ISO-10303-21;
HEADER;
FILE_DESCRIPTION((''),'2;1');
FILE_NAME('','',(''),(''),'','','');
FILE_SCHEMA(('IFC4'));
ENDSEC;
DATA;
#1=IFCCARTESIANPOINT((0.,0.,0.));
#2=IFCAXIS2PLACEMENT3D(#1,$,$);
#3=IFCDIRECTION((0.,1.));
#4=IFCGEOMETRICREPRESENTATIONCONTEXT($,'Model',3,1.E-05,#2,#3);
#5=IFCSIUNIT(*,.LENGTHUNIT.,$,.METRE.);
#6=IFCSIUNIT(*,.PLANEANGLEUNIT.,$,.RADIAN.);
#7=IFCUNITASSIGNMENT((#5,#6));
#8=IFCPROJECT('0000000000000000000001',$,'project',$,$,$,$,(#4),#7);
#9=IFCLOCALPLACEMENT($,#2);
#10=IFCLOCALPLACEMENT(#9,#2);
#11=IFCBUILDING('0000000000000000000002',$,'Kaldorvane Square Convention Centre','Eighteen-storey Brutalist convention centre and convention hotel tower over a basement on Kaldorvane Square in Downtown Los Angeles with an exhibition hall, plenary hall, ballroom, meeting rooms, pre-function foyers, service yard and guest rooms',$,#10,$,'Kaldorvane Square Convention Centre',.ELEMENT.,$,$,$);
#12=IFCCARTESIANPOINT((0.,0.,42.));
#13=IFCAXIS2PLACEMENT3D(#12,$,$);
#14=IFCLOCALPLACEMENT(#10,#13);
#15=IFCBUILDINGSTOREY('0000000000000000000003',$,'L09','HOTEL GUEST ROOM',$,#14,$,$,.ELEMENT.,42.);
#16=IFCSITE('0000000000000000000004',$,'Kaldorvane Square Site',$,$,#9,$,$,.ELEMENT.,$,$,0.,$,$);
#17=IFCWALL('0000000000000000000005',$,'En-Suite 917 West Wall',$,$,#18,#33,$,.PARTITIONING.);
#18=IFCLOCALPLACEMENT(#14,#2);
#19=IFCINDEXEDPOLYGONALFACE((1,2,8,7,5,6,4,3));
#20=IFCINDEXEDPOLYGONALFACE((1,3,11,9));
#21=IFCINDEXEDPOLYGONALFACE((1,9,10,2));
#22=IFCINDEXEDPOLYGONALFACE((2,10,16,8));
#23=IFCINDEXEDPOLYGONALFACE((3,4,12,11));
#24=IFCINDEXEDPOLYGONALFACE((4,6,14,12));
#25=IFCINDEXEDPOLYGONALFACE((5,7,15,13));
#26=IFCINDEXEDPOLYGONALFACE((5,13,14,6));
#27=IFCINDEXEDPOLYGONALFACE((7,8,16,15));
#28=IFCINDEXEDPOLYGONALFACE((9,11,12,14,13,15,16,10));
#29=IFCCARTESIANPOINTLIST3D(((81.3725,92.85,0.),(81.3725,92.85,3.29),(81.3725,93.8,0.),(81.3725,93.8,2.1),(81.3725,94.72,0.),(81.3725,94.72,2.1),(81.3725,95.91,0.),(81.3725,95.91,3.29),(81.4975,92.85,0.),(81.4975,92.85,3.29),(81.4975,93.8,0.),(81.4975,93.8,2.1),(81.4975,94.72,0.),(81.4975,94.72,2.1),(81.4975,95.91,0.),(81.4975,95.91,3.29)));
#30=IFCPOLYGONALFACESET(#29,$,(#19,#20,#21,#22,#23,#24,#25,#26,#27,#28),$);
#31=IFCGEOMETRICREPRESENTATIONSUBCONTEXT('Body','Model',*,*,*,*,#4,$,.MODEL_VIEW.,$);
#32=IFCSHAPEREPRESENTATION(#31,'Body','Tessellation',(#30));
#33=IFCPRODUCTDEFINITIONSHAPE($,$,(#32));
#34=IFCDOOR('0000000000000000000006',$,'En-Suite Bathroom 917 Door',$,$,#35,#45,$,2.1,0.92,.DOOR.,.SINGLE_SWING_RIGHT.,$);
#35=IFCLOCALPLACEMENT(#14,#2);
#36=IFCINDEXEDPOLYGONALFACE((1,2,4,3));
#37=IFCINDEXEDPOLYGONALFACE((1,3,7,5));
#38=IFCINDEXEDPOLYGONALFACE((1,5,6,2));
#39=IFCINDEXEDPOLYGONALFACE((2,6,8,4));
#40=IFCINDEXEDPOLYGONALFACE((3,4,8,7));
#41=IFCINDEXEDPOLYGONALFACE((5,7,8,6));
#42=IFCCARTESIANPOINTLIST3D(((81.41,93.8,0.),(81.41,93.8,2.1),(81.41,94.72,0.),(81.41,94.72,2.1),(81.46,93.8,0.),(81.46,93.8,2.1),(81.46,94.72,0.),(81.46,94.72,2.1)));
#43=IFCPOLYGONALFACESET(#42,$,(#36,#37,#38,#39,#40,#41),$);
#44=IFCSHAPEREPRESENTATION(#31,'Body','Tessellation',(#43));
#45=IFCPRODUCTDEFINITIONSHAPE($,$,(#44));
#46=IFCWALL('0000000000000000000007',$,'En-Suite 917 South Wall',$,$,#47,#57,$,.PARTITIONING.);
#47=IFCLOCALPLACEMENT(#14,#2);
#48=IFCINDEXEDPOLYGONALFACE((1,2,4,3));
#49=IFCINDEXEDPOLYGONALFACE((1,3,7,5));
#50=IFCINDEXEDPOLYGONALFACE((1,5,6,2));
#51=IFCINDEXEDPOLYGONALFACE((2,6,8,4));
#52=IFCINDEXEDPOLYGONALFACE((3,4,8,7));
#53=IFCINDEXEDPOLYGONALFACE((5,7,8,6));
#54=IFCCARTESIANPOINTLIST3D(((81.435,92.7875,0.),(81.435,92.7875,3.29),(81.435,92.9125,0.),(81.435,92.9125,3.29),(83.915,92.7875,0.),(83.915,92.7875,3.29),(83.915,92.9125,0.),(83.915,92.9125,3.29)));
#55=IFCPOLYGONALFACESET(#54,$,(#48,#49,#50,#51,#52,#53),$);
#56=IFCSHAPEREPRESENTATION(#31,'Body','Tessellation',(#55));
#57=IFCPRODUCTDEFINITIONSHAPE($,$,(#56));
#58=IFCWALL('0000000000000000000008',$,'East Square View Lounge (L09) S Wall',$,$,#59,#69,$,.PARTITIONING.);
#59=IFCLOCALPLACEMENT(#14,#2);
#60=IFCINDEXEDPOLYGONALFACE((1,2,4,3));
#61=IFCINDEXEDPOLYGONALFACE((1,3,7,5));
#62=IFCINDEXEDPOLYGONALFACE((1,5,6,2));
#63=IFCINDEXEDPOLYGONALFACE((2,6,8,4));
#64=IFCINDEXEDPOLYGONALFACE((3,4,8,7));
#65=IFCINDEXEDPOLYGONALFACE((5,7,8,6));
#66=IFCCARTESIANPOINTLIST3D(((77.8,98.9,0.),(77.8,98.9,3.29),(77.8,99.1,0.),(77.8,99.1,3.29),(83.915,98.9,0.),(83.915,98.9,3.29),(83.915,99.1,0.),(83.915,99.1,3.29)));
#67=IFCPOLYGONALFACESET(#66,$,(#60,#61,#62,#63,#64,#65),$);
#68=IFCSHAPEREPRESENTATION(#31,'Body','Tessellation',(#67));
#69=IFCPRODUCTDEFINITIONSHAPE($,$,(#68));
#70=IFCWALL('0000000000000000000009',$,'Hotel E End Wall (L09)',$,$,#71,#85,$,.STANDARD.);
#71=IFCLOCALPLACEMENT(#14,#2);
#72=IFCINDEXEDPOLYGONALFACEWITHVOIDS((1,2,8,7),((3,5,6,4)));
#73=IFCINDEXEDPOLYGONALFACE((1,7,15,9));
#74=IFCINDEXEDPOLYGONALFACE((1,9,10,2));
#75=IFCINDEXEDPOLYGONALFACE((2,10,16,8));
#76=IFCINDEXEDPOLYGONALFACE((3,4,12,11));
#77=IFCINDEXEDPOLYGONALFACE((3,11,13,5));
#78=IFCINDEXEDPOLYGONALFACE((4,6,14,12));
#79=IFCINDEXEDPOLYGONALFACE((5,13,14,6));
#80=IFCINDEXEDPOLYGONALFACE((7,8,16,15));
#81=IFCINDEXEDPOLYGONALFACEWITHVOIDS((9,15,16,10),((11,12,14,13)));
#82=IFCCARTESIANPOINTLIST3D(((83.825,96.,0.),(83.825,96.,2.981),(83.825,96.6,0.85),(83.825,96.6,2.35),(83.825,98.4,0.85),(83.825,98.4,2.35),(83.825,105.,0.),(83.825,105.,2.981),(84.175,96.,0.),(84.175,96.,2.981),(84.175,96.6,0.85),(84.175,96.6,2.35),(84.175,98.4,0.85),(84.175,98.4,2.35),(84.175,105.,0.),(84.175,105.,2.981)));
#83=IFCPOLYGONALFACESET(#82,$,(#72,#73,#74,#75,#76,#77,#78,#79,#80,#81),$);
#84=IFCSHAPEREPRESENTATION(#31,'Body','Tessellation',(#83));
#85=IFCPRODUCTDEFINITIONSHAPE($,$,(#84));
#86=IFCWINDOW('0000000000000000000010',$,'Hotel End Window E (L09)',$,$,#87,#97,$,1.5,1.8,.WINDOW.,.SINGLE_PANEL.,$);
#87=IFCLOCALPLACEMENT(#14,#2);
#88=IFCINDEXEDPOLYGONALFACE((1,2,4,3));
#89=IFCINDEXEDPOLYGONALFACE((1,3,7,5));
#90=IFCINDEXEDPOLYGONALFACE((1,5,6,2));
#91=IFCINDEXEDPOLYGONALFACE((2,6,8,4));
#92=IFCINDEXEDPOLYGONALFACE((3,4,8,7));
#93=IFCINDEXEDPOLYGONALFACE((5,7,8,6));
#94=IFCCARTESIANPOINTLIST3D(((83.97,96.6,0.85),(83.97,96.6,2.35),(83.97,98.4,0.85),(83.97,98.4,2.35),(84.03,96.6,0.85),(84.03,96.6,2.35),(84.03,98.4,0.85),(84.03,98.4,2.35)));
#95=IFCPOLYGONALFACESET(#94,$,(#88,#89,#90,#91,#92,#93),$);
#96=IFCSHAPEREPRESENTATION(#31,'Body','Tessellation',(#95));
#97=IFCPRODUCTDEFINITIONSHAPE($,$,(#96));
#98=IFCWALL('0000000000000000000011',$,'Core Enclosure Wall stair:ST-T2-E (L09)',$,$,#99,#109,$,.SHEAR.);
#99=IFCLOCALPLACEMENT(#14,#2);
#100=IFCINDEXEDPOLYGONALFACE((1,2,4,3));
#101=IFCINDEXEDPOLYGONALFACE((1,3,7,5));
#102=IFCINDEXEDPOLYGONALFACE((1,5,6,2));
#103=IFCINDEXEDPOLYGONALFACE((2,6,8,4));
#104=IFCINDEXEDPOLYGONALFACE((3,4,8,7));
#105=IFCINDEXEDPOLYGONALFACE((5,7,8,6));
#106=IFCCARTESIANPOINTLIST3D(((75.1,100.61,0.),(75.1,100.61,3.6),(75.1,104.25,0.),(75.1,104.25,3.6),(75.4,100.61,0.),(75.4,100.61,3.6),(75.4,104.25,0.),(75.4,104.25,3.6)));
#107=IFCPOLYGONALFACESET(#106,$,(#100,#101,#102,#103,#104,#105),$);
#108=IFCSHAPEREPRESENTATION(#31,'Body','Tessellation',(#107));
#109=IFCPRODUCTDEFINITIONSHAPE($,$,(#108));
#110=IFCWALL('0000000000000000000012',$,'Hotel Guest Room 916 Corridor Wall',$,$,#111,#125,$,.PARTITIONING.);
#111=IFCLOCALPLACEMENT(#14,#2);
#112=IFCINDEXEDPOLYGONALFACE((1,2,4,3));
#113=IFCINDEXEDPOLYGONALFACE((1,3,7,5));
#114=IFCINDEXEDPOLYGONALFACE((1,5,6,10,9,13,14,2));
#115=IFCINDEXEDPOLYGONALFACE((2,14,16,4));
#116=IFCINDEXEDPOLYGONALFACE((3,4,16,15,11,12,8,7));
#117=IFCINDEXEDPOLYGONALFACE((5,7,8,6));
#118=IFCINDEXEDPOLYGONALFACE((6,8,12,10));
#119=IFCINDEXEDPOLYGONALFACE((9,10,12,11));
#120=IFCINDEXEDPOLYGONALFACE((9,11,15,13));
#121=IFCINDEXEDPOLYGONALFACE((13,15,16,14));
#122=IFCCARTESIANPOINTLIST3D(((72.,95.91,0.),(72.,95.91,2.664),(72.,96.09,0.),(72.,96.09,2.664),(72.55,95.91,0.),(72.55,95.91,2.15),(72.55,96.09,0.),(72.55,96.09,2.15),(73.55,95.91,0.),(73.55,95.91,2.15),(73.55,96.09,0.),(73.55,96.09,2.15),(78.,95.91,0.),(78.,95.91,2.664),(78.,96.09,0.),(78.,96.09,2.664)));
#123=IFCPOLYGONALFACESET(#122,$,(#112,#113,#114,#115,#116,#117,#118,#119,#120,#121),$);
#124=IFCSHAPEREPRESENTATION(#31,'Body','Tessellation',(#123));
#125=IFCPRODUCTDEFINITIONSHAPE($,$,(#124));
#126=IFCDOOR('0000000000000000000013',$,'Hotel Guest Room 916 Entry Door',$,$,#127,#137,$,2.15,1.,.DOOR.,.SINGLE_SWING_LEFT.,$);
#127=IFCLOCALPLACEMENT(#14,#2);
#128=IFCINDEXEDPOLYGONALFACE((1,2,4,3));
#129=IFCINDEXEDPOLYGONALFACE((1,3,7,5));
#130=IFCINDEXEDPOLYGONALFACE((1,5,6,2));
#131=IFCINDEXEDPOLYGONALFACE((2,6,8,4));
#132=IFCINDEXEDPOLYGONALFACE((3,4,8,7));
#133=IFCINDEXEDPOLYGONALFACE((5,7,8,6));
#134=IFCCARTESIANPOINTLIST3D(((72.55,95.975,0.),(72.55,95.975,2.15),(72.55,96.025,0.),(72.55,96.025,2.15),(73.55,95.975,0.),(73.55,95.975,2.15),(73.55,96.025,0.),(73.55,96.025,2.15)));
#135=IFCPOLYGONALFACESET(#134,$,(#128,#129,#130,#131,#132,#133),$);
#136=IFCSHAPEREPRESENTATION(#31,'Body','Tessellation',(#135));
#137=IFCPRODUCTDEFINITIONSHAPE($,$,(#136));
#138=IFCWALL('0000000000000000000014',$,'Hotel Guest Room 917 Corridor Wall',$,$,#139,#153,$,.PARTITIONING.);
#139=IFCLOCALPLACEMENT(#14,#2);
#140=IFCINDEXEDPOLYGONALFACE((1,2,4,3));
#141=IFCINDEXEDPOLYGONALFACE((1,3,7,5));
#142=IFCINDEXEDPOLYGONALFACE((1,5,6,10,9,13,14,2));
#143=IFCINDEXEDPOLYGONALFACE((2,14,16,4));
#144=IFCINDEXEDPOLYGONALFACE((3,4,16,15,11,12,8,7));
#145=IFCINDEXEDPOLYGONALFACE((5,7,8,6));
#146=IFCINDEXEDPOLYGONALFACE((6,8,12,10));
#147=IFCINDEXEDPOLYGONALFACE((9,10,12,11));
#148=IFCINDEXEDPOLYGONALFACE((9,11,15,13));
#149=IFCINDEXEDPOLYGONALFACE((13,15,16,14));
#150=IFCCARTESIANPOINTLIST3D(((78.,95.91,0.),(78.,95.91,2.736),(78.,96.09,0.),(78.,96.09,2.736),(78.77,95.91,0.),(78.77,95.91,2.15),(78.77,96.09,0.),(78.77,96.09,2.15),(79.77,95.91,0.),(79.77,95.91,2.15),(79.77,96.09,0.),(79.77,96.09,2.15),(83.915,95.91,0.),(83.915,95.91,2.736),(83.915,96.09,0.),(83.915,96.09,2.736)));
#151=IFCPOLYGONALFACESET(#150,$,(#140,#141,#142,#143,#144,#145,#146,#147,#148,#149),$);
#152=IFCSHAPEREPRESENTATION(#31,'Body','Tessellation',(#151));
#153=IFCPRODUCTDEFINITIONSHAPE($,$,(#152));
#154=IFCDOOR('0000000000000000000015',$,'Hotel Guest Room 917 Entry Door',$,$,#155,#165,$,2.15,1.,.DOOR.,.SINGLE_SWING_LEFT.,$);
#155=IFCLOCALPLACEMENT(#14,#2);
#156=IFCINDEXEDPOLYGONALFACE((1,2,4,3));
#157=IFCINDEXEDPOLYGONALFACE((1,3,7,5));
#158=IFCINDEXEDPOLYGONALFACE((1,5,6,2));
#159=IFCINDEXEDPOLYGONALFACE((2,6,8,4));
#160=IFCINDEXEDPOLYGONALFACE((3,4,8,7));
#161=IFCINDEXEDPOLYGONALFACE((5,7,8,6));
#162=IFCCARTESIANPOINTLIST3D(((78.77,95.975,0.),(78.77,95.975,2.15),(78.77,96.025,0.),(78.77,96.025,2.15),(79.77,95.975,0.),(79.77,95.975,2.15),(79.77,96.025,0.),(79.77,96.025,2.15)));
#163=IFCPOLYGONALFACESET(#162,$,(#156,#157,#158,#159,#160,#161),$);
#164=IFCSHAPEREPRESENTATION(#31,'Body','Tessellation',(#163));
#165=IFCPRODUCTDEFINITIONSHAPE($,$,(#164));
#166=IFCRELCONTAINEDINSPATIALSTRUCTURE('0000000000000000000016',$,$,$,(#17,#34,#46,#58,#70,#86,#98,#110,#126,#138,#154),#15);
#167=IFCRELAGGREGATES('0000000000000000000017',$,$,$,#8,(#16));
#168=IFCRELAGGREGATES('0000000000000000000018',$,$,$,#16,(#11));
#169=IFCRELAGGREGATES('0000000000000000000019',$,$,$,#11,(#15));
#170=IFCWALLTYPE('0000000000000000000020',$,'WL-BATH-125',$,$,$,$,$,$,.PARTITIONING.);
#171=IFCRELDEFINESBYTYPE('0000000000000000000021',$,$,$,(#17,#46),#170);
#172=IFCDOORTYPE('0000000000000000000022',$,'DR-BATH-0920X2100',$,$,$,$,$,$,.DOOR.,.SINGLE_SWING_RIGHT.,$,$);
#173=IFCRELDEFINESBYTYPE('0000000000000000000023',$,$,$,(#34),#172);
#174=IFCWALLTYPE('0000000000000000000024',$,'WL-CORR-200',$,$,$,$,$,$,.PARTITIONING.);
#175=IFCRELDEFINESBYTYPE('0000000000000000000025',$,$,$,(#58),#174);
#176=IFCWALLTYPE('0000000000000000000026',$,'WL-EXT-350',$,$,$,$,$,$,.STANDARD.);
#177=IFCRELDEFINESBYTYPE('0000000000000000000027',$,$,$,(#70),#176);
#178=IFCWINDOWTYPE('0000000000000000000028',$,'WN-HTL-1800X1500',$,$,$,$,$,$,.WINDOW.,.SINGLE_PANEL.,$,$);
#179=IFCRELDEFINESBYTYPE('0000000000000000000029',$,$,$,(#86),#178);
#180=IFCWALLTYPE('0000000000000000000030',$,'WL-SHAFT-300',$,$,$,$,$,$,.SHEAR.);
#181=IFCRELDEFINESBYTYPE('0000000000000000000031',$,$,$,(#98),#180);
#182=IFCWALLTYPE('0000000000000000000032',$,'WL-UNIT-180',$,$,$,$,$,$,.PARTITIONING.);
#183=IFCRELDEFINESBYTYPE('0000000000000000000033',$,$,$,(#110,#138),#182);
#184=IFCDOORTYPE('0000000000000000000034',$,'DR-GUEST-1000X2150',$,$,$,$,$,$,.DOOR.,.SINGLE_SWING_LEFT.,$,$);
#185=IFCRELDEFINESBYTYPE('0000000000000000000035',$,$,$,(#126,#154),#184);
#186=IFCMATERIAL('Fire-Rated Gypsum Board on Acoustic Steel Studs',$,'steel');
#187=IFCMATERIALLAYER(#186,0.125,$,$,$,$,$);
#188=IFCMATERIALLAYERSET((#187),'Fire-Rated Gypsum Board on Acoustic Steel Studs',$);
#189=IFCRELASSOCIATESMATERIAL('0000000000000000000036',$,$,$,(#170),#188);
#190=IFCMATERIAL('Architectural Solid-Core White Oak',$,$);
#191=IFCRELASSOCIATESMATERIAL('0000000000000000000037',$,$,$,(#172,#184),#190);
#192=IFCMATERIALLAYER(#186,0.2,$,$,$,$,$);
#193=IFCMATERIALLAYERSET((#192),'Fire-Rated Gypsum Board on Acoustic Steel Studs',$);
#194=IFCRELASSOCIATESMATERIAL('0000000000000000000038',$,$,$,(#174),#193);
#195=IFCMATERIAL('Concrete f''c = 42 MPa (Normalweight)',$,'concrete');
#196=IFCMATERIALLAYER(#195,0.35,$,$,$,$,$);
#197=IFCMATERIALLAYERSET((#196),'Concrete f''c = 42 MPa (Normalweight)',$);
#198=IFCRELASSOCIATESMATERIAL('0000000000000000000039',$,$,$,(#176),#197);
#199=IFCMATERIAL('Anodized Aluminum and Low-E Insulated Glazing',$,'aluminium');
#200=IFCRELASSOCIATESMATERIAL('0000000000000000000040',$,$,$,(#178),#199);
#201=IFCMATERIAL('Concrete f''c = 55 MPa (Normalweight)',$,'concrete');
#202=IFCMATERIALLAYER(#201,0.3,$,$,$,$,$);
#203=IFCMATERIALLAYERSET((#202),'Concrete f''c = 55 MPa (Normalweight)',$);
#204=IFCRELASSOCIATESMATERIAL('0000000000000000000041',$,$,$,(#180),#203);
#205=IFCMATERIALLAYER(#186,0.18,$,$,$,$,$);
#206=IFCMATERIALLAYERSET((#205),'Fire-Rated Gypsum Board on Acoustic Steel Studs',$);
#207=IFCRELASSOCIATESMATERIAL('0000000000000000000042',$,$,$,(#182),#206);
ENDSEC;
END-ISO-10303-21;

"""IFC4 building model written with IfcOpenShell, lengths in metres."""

from ifc_helpers import new_model, si_unit, direction, frame, frame_2d, origin, place, context, subcontext, project, spatial, rectangle, extrude, material, layer, layer_set, type_object, element, fill, save


model = new_model("IFC4")

# Units and contexts
model_context = context("Model", 3, precision=1e-05, world=origin(), true_north=direction((0.0, 1.0)))
body_context = subcontext(model_context, "Body", "Model", "MODEL_VIEW")
ifc_project = project(units=[si_unit("LENGTHUNIT", "METRE"), si_unit("PLANEANGLEUNIT", "RADIAN")], contexts=[model_context])

# Site, building, storey
site_placement = place(None, origin())
site = spatial("IfcSite", under=ifc_project, at=site_placement, Name="Kaldorvane Square Site", CompositionType="ELEMENT", RefElevation=0.0)
building_placement = place(site_placement, origin())
building = spatial("IfcBuilding", under=site, at=building_placement, Name="Kaldorvane Square Convention Centre", Description="Eighteen-storey Brutalist convention centre and convention hotel tower over a basement on Kaldorvane Square in Downtown Los Angeles with an exhibition hall, plenary hall, ballroom, meeting rooms, pre-function foyers, service yard and guest rooms", LongName="Kaldorvane Square Convention Centre", CompositionType="ELEMENT")
storey_placement = place(building_placement, frame((0.0, 0.0, 42.0)))
storey = spatial("IfcBuildingStorey", under=building, at=storey_placement, Name="L09", Description="HOTEL GUEST ROOM", CompositionType="ELEMENT", Elevation=42.0)

# Shared definitions
ifc_material_1 = material(Name="Anodized Aluminum and Low-E Insulated Glazing", Category="aluminium")

# Shared definitions
ifc_material_2 = material(Name="Fire-Rated Gypsum Board on Acoustic Steel Studs", Category="steel")
ifc_layer_1 = layer(ifc_material_2, 0.125)
ifc_layer_set_1 = layer_set([ifc_layer_1], Name="Fire-Rated Gypsum Board on Acoustic Steel Studs")
wall_type_1 = type_object("IfcWallType", Name="WL-BATH-125", PredefinedType="PARTITIONING", material=ifc_layer_set_1)
ifc_material_3 = material(Name="Architectural Solid-Core White Oak")
door_type_1 = type_object("IfcDoorType", Name="DR-BATH-0920X2100", OperationType="SINGLE_SWING_RIGHT", PredefinedType="DOOR", material=ifc_material_3)

# Wall, opening, door
wall_1_placement = place(storey_placement, frame((81.435, 92.85, 0.0), z_axis=(0.0, 0.0, 1.0), x_axis=(0.0, 1.0, 0.0)))
wall_1 = element("IfcWall", 1, at=wall_1_placement, inside=storey, type_object=wall_type_1, Name="En-Suite 917 West Wall", PredefinedType="PARTITIONING", context=body_context, shape_type="SweptSolid", body=[
    extrude(rectangle(XDim=3.06, YDim=0.125, at=frame_2d((1.53, 0.0))), origin(), (0.0, 0.0, 1.0), 3.29),
])
opening_1_placement = place(wall_1_placement, frame((0.95, 0.0, 0.0)))
opening_1 = element("IfcOpeningElement", 2, at=opening_1_placement, cuts=wall_1, PredefinedType="OPENING", context=body_context, shape_type="SweptSolid", body=[
    extrude(rectangle(XDim=0.92, YDim=2.1, at=frame_2d((0.46, 1.05))), frame((0.0, 0.0775, 0.0), z_axis=(0.0, -1.0, 0.0), x_axis=(1.0, 0.0, 0.0)), (0.0, 0.0, 1.0), 0.155),
])
door_1_placement = place(opening_1_placement, origin())
door_1 = element("IfcDoor", 3, at=door_1_placement, inside=storey, type_object=door_type_1, Name="En-Suite Bathroom 917 Door", OperationType="SINGLE_SWING_RIGHT", OverallHeight=2.1, OverallWidth=0.92, PredefinedType="DOOR", context=body_context, shape_type="SweptSolid", body=[
    extrude(rectangle(XDim=0.92, YDim=2.1, at=frame_2d((0.46, 1.05))), frame((0.0, 0.025, 0.0), z_axis=(0.0, -1.0, 0.0), x_axis=(1.0, 0.0, 0.0)), (0.0, 0.0, 1.0), 0.05),
])
fill(opening_1, door_1)

# Walls
wall_2_placement = place(storey_placement, frame((81.435, 92.85, 0.0), z_axis=(0.0, 0.0, 1.0), x_axis=(1.0, 0.0, 0.0)))
element("IfcWall", 4, at=wall_2_placement, inside=storey, type_object=wall_type_1, Name="En-Suite 917 South Wall", PredefinedType="PARTITIONING", context=body_context, shape_type="SweptSolid", body=[
    extrude(rectangle(XDim=2.48, YDim=0.125, at=frame_2d((1.24, 0.0))), origin(), (0.0, 0.0, 1.0), 3.29),
])
ifc_layer_2 = layer(ifc_material_2, 0.2)
ifc_layer_set_2 = layer_set([ifc_layer_2], Name="Fire-Rated Gypsum Board on Acoustic Steel Studs")
wall_type_2 = type_object("IfcWallType", Name="WL-CORR-200", PredefinedType="PARTITIONING", material=ifc_layer_set_2)
wall_3_placement = place(storey_placement, frame((77.8, 99.0, 0.0), z_axis=(0.0, 0.0, 1.0), x_axis=(1.0, 0.0, 0.0)))
element("IfcWall", 5, at=wall_3_placement, inside=storey, type_object=wall_type_2, Name="East Square View Lounge (L09) S Wall", PredefinedType="PARTITIONING", context=body_context, shape_type="SweptSolid", body=[
    extrude(rectangle(XDim=6.115, YDim=0.2, at=frame_2d((3.0575, 0.0))), origin(), (0.0, 0.0, 1.0), 3.29),
])

# Wall, opening, window
ifc_material_4 = material(Name="Concrete f'c = 42 MPa (Normalweight)", Category="concrete")
ifc_layer_3 = layer(ifc_material_4, 0.35)
ifc_layer_set_3 = layer_set([ifc_layer_3], Name="Concrete f'c = 42 MPa (Normalweight)")
wall_type_3 = type_object("IfcWallType", Name="WL-EXT-350", PredefinedType="STANDARD", material=ifc_layer_set_3)
wall_4_placement = place(storey_placement, frame((84.0, 96.0, 0.0), z_axis=(0.0, 0.0, 1.0), x_axis=(0.0, 1.0, 0.0)))
wall_4 = element("IfcWall", 6, at=wall_4_placement, inside=storey, type_object=wall_type_3, Name="Hotel E End Wall (L09)", PredefinedType="STANDARD", context=body_context, shape_type="SweptSolid", body=[
    extrude(rectangle(XDim=9.0, YDim=0.35, at=frame_2d((4.5, 0.0))), origin(), (0.0, 0.0, 1.0), 2.981),
])
opening_2_placement = place(wall_4_placement, frame((0.6, 0.0, 0.85)))
opening_2 = element("IfcOpeningElement", 7, at=opening_2_placement, cuts=wall_4, PredefinedType="OPENING", context=body_context, shape_type="SweptSolid", body=[
    extrude(rectangle(XDim=1.8, YDim=1.5, at=frame_2d((0.9, 0.75))), frame((0.0, 0.19, 0.0), z_axis=(0.0, -1.0, 0.0), x_axis=(1.0, 0.0, 0.0)), (0.0, 0.0, 1.0), 0.38),
])
window_type = type_object("IfcWindowType", Name="WN-HTL-1800X1500", PartitioningType="SINGLE_PANEL", PredefinedType="WINDOW", material=ifc_material_1)
window_placement = place(opening_2_placement, origin())
window = element("IfcWindow", 8, at=window_placement, inside=storey, type_object=window_type, Name="Hotel End Window E (L09)", OverallHeight=1.5, OverallWidth=1.8, PartitioningType="SINGLE_PANEL", PredefinedType="WINDOW", context=body_context, shape_type="SweptSolid", body=[
    extrude(rectangle(XDim=1.8, YDim=1.5, at=frame_2d((0.9, 0.75))), frame((0.0, 0.03, 0.0), z_axis=(0.0, -1.0, 0.0), x_axis=(1.0, 0.0, 0.0)), (0.0, 0.0, 1.0), 0.06),
])
fill(opening_2, window)

# Wall
ifc_material_5 = material(Name="Concrete f'c = 55 MPa (Normalweight)", Category="concrete")
ifc_layer_4 = layer(ifc_material_5, 0.3)
ifc_layer_set_4 = layer_set([ifc_layer_4], Name="Concrete f'c = 55 MPa (Normalweight)")
wall_type_4 = type_object("IfcWallType", Name="WL-SHAFT-300", PredefinedType="SHEAR", material=ifc_layer_set_4)
wall_5_placement = place(storey_placement, frame((75.25, 100.61, 0.0), z_axis=(0.0, 0.0, 1.0), x_axis=(0.0, 1.0, 0.0)))
element("IfcWall", 9, at=wall_5_placement, inside=storey, type_object=wall_type_4, Name="Core Enclosure Wall stair:ST-T2-E (L09)", PredefinedType="SHEAR", context=body_context, shape_type="SweptSolid", body=[
    extrude(rectangle(XDim=3.64, YDim=0.3, at=frame_2d((1.82, 0.0))), origin(), (0.0, 0.0, 1.0), 3.6),
])

# Walls, openings, doors
ifc_layer_5 = layer(ifc_material_2, 0.18)
ifc_layer_set_5 = layer_set([ifc_layer_5], Name="Fire-Rated Gypsum Board on Acoustic Steel Studs")
wall_type_5 = type_object("IfcWallType", Name="WL-UNIT-180", PredefinedType="PARTITIONING", material=ifc_layer_set_5)
wall_6_placement = place(storey_placement, frame((72.0, 96.0, 0.0), z_axis=(0.0, 0.0, 1.0), x_axis=(1.0, 0.0, 0.0)))
wall_6 = element("IfcWall", 10, at=wall_6_placement, inside=storey, type_object=wall_type_5, Name="Hotel Guest Room 916 Corridor Wall", PredefinedType="PARTITIONING", context=body_context, shape_type="SweptSolid", body=[
    extrude(rectangle(XDim=6.0, YDim=0.18, at=frame_2d((3.0, 0.0))), origin(), (0.0, 0.0, 1.0), 2.664),
])
opening_3_placement = place(wall_6_placement, frame((0.55, 0.0, 0.0)))
opening_3 = element("IfcOpeningElement", 11, at=opening_3_placement, cuts=wall_6, PredefinedType="OPENING", context=body_context, shape_type="SweptSolid", body=[
    extrude(rectangle(XDim=1.0, YDim=2.15, at=frame_2d((0.5, 1.075))), frame((0.0, 0.105, 0.0), z_axis=(0.0, -1.0, 0.0), x_axis=(1.0, 0.0, 0.0)), (0.0, 0.0, 1.0), 0.21),
])
door_type_2 = type_object("IfcDoorType", Name="DR-GUEST-1000X2150", OperationType="SINGLE_SWING_LEFT", PredefinedType="DOOR", material=ifc_material_3)
door_2_placement = place(opening_3_placement, origin())
door_2 = element("IfcDoor", 12, at=door_2_placement, inside=storey, type_object=door_type_2, Name="Hotel Guest Room 916 Entry Door", OperationType="SINGLE_SWING_LEFT", OverallHeight=2.15, OverallWidth=1.0, PredefinedType="DOOR", context=body_context, shape_type="SweptSolid", body=[
    extrude(rectangle(XDim=1.0, YDim=2.15, at=frame_2d((0.5, 1.075))), frame((0.0, 0.025, 0.0), z_axis=(0.0, -1.0, 0.0), x_axis=(1.0, 0.0, 0.0)), (0.0, 0.0, 1.0), 0.05),
])
fill(opening_3, door_2)
wall_7_placement = place(storey_placement, frame((78.0, 96.0, 0.0), z_axis=(0.0, 0.0, 1.0), x_axis=(1.0, 0.0, 0.0)))
wall_7 = element("IfcWall", 13, at=wall_7_placement, inside=storey, type_object=wall_type_5, Name="Hotel Guest Room 917 Corridor Wall", PredefinedType="PARTITIONING", context=body_context, shape_type="SweptSolid", body=[
    extrude(rectangle(XDim=5.915, YDim=0.18, at=frame_2d((2.9575, 0.0))), origin(), (0.0, 0.0, 1.0), 2.736),
])
opening_4_placement = place(wall_7_placement, frame((0.77, 0.0, 0.0)))
opening_4 = element("IfcOpeningElement", 14, at=opening_4_placement, cuts=wall_7, PredefinedType="OPENING", context=body_context, shape_type="SweptSolid", body=[
    extrude(rectangle(XDim=1.0, YDim=2.15, at=frame_2d((0.5, 1.075))), frame((0.0, 0.105, 0.0), z_axis=(0.0, -1.0, 0.0), x_axis=(1.0, 0.0, 0.0)), (0.0, 0.0, 1.0), 0.21),
])
door_3_placement = place(opening_4_placement, origin())
door_3 = element("IfcDoor", 15, at=door_3_placement, inside=storey, type_object=door_type_2, Name="Hotel Guest Room 917 Entry Door", OperationType="SINGLE_SWING_LEFT", OverallHeight=2.15, OverallWidth=1.0, PredefinedType="DOOR", context=body_context, shape_type="SweptSolid", body=[
    extrude(rectangle(XDim=1.0, YDim=2.15, at=frame_2d((0.5, 1.075))), frame((0.0, 0.025, 0.0), z_axis=(0.0, -1.0, 0.0), x_axis=(1.0, 0.0, 0.0)), (0.0, 0.0, 1.0), 0.05),
])
fill(opening_4, door_3)

save(model, "model.ifc")
